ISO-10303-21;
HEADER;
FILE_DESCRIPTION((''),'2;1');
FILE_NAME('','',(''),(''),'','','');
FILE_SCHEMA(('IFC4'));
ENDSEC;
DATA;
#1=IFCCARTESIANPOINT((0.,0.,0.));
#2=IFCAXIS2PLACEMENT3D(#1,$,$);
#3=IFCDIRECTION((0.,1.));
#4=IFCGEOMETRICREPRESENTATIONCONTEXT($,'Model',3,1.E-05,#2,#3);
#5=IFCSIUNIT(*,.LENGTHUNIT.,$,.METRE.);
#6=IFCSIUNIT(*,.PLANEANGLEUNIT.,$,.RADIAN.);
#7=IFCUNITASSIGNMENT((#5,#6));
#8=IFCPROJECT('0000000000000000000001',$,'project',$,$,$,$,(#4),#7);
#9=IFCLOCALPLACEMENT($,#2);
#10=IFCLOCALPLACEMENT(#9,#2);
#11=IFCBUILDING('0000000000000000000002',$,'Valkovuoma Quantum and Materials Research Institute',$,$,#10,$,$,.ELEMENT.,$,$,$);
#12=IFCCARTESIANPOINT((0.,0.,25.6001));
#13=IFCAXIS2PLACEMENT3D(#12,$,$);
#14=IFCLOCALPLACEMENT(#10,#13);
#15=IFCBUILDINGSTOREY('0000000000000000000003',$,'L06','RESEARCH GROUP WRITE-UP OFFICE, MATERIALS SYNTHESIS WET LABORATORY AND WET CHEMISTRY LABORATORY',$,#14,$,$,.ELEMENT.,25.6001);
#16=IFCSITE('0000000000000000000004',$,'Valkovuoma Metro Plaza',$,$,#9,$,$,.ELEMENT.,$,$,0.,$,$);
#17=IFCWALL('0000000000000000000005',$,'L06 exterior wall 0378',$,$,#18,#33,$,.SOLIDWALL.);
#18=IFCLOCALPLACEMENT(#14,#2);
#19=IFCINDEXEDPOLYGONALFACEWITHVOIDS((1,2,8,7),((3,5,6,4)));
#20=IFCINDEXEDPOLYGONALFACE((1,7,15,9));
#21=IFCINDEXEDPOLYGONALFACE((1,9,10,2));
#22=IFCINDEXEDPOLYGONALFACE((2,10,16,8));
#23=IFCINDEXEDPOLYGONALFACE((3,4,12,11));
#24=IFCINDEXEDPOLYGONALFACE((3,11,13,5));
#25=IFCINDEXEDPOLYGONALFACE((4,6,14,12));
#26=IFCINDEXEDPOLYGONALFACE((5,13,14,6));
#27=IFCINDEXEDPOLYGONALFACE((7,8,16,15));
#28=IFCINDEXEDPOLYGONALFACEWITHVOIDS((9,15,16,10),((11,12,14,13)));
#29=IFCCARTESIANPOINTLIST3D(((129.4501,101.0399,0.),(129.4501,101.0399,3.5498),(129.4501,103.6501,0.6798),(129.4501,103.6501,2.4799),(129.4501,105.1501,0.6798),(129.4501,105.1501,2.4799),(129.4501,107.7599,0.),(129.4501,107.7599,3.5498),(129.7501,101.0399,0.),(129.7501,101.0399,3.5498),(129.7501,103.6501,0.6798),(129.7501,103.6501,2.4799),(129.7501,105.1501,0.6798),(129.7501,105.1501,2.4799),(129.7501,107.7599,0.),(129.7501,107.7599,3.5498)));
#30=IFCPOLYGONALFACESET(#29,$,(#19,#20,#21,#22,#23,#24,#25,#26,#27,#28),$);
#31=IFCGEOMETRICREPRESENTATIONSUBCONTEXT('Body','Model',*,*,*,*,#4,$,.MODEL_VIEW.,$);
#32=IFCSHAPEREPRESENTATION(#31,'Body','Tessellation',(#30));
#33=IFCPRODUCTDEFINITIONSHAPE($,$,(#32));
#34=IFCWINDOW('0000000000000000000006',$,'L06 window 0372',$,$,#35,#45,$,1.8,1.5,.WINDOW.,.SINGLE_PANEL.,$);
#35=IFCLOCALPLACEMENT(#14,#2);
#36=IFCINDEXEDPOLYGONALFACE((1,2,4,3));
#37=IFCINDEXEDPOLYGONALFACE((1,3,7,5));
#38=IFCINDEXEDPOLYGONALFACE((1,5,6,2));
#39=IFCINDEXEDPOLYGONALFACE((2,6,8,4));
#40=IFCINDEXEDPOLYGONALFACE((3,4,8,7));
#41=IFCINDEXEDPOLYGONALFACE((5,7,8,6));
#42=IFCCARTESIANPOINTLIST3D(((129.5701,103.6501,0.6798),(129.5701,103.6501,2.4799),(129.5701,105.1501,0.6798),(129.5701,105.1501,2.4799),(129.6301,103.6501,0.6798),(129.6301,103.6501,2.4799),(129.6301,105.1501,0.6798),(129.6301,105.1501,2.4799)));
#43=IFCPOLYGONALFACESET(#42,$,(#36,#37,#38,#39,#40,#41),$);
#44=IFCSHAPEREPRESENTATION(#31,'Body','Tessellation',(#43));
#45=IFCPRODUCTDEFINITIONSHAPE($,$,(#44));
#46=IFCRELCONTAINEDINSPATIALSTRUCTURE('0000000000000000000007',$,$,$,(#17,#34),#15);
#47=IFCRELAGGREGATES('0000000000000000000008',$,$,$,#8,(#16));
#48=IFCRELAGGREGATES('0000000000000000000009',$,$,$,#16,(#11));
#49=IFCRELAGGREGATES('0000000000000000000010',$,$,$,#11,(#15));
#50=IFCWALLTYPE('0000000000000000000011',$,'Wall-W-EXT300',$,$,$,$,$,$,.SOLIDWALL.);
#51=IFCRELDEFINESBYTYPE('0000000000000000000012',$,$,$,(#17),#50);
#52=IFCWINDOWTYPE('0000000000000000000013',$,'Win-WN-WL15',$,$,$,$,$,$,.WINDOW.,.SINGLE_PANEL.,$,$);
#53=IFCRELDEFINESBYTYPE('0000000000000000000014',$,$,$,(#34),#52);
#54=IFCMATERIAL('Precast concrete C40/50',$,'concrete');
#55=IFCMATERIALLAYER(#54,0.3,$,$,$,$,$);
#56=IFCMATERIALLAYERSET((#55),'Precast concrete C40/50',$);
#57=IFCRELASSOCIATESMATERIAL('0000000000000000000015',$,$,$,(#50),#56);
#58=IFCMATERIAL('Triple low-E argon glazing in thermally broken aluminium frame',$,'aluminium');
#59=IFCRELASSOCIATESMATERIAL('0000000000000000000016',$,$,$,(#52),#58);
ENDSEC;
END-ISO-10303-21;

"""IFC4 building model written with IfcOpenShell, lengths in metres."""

from ifc_helpers import new_model, si_unit, direction, frame, frame_2d, origin, place, context, subcontext, project, spatial, rectangle, extrude, material, layer, layer_set, type_object, element, fill, save


model = new_model("IFC4")

# Units and contexts
model_context = context("Model", 3, precision=1e-05, world=origin(), true_north=direction((0.0, 1.0)))
body_context = subcontext(model_context, "Body", "Model", "MODEL_VIEW")
ifc_project = project(units=[si_unit("LENGTHUNIT", "METRE"), si_unit("PLANEANGLEUNIT", "RADIAN")], contexts=[model_context])

# Site, building, storey
site_placement = place(None, origin())
site = spatial("IfcSite", under=ifc_project, at=site_placement, Name="Valkovuoma Metro Plaza", CompositionType="ELEMENT", RefElevation=0.0)
building_placement = place(site_placement, origin())
building = spatial("IfcBuilding", under=site, at=building_placement, Name="Valkovuoma Quantum and Materials Research Institute", CompositionType="ELEMENT")
storey_placement = place(building_placement, frame((0.0, 0.0, 25.6001)))
storey = spatial("IfcBuildingStorey", under=building, at=storey_placement, Name="L06", Description="RESEARCH GROUP WRITE-UP OFFICE, MATERIALS SYNTHESIS WET LABORATORY AND WET CHEMISTRY LABORATORY", CompositionType="ELEMENT", Elevation=25.6001)

# Wall, opening, window
ifc_material_1 = material(Name="Precast concrete C40/50", Category="concrete")
ifc_layer = layer(ifc_material_1, 0.3)
ifc_layer_set = layer_set([ifc_layer], Name="Precast concrete C40/50")
wall_type = type_object("IfcWallType", Name="Wall-W-EXT300", PredefinedType="SOLIDWALL", material=ifc_layer_set)
wall_1_placement = place(storey_placement, frame((129.6001, 101.04, 0.0), z_axis=(0.0, 0.0, 1.0), x_axis=(0.0, 1.0, 0.0)))
wall_1 = element("IfcWall", 1, at=wall_1_placement, inside=storey, type_object=wall_type, Name="L06 exterior wall 0378", PredefinedType="SOLIDWALL", context=body_context, shape_type="SweptSolid", body=[
    extrude(rectangle(XDim=6.72, YDim=0.3, at=frame_2d((3.3599, 0.0))), origin(), (0.0, 0.0, 1.0), 3.5498),
])
opening_1_placement = place(wall_1_placement, frame((2.6101, 0.0, 0.6799)))
opening_1 = element("IfcOpeningElement", 2, at=opening_1_placement, cuts=wall_1, PredefinedType="OPENING", context=body_context, shape_type="SweptSolid", body=[
    extrude(rectangle(XDim=1.5, YDim=1.8, at=frame_2d((0.75, 0.8999))), frame((0.0, 0.1602, 0.0), z_axis=(0.0, -1.0, 0.0), x_axis=(1.0, 0.0, 0.0)), (0.0, 0.0, 1.0), 0.3201),
])
ifc_material_2 = material(Name="Triple low-E argon glazing in thermally broken aluminium frame", Category="aluminium")
window_type_1 = type_object("IfcWindowType", Name="Win-WN-WL15", PartitioningType="SINGLE_PANEL", PredefinedType="WINDOW", material=ifc_material_2)
window_1_placement = place(opening_1_placement, origin())
window_1 = element("IfcWindow", 3, at=window_1_placement, inside=storey, type_object=window_type_1, Name="L06 window 0372", OverallHeight=1.8, OverallWidth=1.5, PartitioningType="SINGLE_PANEL", PredefinedType="WINDOW", context=body_context, shape_type="SweptSolid", body=[
    extrude(rectangle(XDim=1.5, YDim=1.8, at=frame_2d((0.75, 0.8999))), frame((0.0, 0.03, 0.0), z_axis=(0.0, -1.0, 0.0), x_axis=(1.0, 0.0, 0.0)), (0.0, 0.0, 1.0), 0.0601),
])
fill(opening_1, window_1)

save(model, "model.ifc")
